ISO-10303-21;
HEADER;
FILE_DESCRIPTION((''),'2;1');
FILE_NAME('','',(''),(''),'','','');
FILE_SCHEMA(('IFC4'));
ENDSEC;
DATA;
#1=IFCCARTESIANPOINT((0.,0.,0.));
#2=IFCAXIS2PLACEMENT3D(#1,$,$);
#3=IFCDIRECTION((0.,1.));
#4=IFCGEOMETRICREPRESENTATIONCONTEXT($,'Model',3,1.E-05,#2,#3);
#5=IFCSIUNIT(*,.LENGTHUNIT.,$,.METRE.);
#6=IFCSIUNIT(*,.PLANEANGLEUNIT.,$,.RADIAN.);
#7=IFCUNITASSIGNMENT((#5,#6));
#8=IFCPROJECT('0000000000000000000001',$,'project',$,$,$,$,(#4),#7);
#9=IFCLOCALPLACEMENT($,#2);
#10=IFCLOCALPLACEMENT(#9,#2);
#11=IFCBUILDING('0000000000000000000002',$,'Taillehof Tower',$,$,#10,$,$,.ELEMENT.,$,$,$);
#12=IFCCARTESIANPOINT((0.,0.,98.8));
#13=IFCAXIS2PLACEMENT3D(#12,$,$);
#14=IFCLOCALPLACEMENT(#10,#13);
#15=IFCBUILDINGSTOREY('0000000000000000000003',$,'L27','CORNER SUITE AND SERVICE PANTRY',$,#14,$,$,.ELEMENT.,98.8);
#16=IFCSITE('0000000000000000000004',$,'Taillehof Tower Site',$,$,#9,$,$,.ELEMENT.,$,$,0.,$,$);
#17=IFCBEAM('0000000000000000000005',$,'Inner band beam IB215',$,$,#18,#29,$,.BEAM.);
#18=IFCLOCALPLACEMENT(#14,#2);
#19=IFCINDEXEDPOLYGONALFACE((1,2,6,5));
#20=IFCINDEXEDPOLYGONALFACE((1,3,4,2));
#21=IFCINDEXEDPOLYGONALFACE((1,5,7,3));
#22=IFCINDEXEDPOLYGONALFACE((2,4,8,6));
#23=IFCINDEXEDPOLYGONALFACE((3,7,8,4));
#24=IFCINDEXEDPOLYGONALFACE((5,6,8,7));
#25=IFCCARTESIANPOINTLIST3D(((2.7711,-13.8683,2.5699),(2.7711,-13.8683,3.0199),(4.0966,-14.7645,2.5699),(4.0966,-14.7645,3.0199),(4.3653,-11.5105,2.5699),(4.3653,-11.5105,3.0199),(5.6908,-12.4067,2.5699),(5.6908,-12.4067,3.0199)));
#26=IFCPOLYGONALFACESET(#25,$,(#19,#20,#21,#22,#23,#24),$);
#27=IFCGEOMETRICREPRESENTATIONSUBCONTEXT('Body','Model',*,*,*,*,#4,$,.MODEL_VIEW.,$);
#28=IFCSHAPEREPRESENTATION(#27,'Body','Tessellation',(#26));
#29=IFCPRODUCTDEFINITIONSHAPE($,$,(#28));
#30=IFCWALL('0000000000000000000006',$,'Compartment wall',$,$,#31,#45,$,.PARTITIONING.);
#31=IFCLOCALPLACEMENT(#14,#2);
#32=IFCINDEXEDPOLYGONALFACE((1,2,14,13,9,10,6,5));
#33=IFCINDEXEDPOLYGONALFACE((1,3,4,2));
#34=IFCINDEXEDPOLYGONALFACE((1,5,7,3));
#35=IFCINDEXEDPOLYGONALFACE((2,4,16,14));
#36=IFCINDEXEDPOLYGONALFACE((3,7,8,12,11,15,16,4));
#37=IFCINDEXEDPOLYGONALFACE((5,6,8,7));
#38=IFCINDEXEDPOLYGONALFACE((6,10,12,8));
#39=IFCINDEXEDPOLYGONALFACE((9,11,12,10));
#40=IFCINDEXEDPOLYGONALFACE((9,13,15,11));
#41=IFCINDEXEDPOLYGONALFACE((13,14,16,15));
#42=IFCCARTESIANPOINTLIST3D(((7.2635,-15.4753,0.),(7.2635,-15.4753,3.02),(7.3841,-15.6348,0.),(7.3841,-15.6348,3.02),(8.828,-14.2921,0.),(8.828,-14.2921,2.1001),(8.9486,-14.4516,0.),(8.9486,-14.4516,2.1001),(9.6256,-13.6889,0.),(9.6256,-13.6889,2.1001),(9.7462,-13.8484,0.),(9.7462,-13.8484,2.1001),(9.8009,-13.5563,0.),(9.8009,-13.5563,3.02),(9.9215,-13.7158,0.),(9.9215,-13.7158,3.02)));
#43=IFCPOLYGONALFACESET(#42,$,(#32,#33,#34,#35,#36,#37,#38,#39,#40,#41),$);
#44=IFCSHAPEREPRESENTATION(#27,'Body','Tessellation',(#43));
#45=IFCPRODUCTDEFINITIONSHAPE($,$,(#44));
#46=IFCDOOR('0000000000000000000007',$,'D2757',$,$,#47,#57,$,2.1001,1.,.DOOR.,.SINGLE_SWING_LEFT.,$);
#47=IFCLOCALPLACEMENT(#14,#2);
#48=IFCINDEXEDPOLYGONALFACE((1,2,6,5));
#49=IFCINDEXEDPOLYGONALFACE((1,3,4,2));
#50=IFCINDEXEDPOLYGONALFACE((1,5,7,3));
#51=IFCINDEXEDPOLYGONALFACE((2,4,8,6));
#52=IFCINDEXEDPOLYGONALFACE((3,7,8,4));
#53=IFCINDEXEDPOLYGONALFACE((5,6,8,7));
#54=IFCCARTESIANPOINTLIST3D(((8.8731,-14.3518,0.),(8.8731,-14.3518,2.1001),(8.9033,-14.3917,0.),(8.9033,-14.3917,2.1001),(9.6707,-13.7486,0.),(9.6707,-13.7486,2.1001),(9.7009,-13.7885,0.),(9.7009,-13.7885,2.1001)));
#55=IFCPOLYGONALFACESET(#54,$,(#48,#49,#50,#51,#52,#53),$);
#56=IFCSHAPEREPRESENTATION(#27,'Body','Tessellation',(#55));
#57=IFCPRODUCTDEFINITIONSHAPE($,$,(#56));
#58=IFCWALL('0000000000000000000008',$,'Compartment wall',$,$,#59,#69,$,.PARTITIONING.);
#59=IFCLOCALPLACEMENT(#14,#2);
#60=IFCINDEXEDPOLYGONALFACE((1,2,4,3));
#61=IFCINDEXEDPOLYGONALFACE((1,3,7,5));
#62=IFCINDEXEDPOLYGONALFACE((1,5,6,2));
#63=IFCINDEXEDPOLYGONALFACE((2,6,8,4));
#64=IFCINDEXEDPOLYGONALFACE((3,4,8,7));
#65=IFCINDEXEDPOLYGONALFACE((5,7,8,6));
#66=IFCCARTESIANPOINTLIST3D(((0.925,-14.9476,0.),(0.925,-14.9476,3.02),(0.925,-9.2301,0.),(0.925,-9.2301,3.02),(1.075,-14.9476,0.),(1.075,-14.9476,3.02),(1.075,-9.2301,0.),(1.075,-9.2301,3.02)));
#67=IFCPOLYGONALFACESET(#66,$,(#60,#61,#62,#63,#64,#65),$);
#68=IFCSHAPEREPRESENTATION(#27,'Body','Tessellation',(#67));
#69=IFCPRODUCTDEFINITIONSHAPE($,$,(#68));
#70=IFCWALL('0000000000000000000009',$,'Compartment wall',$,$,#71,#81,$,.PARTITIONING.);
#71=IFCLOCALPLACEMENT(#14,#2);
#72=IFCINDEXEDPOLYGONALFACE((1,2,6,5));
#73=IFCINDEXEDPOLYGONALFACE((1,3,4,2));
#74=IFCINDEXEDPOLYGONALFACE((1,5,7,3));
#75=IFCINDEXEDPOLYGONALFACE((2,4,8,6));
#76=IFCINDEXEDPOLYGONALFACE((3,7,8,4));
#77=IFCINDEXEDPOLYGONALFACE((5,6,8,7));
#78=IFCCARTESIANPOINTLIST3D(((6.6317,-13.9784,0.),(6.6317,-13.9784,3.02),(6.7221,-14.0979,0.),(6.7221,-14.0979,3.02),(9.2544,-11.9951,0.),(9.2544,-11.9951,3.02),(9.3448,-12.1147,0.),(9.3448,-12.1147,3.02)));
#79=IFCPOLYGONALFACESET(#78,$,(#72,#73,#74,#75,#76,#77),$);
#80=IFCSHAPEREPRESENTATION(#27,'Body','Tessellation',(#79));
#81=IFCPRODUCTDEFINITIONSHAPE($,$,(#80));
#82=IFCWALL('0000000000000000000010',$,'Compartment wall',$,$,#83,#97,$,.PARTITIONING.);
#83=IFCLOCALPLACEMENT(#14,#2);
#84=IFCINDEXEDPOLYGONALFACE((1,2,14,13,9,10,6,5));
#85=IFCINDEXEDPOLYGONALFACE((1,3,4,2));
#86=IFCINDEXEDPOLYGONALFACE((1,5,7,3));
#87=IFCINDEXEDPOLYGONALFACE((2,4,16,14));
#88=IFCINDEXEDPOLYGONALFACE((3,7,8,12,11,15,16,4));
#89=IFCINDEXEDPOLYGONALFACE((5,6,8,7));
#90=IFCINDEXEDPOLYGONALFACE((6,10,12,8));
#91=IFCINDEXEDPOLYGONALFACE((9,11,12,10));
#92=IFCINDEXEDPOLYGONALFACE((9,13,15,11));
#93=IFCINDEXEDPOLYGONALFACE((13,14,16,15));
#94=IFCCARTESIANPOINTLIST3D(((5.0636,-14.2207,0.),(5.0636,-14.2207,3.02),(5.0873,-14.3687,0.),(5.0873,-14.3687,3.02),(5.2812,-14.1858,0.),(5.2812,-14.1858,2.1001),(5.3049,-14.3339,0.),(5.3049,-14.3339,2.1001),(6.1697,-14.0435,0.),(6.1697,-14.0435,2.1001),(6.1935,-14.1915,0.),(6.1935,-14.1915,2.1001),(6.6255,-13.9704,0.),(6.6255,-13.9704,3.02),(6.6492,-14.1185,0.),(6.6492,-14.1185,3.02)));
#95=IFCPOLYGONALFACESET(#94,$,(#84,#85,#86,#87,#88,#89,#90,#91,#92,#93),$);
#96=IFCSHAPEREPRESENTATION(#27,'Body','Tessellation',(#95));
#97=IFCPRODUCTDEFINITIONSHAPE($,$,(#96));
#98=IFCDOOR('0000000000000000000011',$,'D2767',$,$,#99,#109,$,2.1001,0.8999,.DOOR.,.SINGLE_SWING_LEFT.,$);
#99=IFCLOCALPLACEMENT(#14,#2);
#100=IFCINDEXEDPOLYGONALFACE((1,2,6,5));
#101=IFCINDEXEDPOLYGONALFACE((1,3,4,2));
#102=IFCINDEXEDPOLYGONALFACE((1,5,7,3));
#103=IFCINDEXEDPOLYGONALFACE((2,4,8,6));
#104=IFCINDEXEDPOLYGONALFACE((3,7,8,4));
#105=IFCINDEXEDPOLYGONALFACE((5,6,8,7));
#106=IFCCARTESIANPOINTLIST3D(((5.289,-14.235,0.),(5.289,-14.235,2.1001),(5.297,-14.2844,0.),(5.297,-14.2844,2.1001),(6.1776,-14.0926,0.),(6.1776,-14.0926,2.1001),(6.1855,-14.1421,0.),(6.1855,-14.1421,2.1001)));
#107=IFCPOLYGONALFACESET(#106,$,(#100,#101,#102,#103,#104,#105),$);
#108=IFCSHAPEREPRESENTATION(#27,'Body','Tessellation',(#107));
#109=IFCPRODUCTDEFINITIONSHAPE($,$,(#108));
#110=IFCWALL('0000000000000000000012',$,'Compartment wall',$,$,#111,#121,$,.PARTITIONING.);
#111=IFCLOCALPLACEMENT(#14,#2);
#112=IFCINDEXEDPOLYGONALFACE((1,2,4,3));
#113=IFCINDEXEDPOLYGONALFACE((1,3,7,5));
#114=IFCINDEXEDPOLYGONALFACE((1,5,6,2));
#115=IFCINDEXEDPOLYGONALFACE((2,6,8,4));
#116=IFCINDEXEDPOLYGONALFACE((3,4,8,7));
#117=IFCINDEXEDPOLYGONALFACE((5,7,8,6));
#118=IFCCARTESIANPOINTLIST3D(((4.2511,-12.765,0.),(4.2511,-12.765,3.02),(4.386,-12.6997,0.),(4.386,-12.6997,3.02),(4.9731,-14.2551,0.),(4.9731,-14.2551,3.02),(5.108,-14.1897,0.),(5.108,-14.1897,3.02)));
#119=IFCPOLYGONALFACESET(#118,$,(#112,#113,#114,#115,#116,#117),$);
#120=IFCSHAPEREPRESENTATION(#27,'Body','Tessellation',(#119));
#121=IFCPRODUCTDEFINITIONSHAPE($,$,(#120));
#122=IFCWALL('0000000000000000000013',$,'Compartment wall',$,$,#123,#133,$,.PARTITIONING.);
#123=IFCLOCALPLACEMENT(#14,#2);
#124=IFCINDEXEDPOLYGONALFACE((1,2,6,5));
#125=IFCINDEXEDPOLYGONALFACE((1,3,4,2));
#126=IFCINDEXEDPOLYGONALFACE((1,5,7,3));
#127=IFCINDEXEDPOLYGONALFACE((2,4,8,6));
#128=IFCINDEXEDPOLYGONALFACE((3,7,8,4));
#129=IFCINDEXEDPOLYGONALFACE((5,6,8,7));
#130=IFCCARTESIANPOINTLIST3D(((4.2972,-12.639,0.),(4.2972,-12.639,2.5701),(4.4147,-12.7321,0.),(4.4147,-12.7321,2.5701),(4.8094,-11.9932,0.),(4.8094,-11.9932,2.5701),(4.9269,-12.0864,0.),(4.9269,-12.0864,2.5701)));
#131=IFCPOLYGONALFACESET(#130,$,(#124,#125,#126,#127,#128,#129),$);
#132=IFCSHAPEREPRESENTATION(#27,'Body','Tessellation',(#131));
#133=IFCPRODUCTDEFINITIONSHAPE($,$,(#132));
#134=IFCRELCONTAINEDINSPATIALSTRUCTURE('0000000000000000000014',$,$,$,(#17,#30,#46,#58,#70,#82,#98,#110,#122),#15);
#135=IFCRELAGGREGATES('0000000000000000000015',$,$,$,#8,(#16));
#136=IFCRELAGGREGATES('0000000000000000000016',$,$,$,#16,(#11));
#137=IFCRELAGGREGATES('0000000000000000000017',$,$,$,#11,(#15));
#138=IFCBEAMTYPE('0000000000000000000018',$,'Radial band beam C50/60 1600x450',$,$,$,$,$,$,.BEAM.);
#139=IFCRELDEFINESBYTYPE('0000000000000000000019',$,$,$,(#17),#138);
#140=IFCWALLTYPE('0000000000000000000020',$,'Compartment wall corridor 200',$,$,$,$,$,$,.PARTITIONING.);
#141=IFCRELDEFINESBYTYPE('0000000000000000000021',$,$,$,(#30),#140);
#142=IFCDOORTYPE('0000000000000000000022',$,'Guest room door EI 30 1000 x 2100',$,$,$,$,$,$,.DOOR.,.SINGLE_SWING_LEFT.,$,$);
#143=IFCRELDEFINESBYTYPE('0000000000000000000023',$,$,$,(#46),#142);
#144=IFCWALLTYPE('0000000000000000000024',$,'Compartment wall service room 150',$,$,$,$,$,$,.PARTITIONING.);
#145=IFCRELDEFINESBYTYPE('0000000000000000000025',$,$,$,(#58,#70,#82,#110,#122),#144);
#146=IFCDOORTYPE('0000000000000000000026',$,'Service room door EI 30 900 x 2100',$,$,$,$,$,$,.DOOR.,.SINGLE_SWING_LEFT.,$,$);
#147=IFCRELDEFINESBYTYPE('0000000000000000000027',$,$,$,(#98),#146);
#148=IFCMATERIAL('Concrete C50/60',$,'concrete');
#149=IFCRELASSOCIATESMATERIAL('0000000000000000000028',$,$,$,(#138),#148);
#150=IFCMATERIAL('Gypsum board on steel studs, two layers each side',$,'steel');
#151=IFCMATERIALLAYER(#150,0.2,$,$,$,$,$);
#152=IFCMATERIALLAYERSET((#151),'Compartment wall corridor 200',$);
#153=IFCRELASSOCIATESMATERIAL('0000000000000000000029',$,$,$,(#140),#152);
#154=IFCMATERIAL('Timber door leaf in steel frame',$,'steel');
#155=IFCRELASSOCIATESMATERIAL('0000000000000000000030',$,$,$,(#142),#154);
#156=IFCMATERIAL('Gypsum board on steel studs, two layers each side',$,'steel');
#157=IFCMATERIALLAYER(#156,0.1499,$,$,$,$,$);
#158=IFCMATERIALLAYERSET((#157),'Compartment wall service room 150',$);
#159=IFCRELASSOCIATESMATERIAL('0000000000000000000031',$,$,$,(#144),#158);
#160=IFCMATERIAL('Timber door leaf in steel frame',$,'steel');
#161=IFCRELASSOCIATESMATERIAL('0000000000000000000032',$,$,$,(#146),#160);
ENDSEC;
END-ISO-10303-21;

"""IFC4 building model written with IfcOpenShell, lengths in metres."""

from ifc_helpers import new_model, si_unit, direction, frame, frame_2d, origin, origin_2d, place, context, subcontext, project, spatial, rectangle, extrude, material, layer, layer_set, material_profile, profile_set, type_object, element, fill, save


model = new_model("IFC4")

# Units and contexts
model_context = context("Model", 3, precision=1e-05, world=origin(), true_north=direction((0.0, 1.0)))
body_context = subcontext(model_context, "Body", "Model", "MODEL_VIEW")
ifc_project = project(units=[si_unit("LENGTHUNIT", "METRE"), si_unit("PLANEANGLEUNIT", "RADIAN")], contexts=[model_context])

# Site, building, storey
site_placement = place(None, origin())
site = spatial("IfcSite", under=ifc_project, at=site_placement, Name="Taillehof Tower Site", CompositionType="ELEMENT", RefElevation=0.0)
building_placement = place(site_placement, origin())
building = spatial("IfcBuilding", under=site, at=building_placement, Name="Taillehof Tower", CompositionType="ELEMENT")
storey_placement = place(building_placement, frame((0.0, 0.0, 98.8)))
storey = spatial("IfcBuildingStorey", under=building, at=storey_placement, Name="L27", Description="CORNER SUITE AND SERVICE PANTRY", CompositionType="ELEMENT", Elevation=98.8)

# Beam
ifc_material_1 = material(Name="Concrete C50/60", Category="concrete")
ifc_material_profile = material_profile(ifc_material_1, rectangle(XDim=1.6001, YDim=0.45, at=origin_2d()), Name="RC 1600x450")
ifc_profile_set = profile_set([ifc_material_profile], Name="Concrete C50/60")
beam_type = type_object("IfcBeamType", Name="Radial band beam C50/60 1600x450", PredefinedType="BEAM", material=ifc_profile_set)
beam_placement = place(storey_placement, frame((3.4338, -14.3164, 2.7949), z_axis=(0.560112, 0.828417, 0.0), x_axis=(-0.828417, 0.560112, 0.0)))
element("IfcBeam", 1, at=beam_placement, inside=storey, type_object=beam_type, Name="Inner band beam IB215", PredefinedType="BEAM", context=body_context, shape_type="SweptSolid", body=[
    extrude(rectangle(XDim=1.6001, YDim=0.45, at=origin_2d()), origin(), (0.0, 0.0, 1.0), 2.8462),
])

# Wall, opening, door
ifc_material_2 = material(Name="Gypsum board on steel studs, two layers each side", Category="steel")
ifc_layer_1 = layer(ifc_material_2, 0.2)
ifc_layer_set_1 = layer_set([ifc_layer_1], Name="Compartment wall corridor 200")
wall_type_1 = type_object("IfcWallType", Name="Compartment wall corridor 200", PredefinedType="PARTITIONING", material=ifc_layer_set_1)
wall_1_placement = place(storey_placement, frame((9.8613, -13.636, 0.0), z_axis=(0.0, 0.0, 1.0), x_axis=(-0.79759, -0.6032, 0.0)))
wall_1 = element("IfcWall", 2, at=wall_1_placement, inside=storey, type_object=wall_type_1, Name="Compartment wall", PredefinedType="PARTITIONING", context=body_context, shape_type="SweptSolid", body=[
    extrude(rectangle(XDim=3.1814, YDim=0.2, at=frame_2d((1.5908, 0.0))), origin(), (0.0, 0.0, 1.0), 3.02),
])
opening_1_placement = place(wall_1_placement, frame((0.22, 0.0, 0.0)))
opening_1 = element("IfcOpeningElement", 3, at=opening_1_placement, cuts=wall_1, PredefinedType="OPENING", context=body_context, shape_type="SweptSolid", body=[
    extrude(rectangle(XDim=1.0, YDim=2.1001, at=frame_2d((0.5, 1.05))), frame((0.0, 0.1099, 0.0), z_axis=(0.0, -1.0, 0.0), x_axis=(1.0, 0.0, 0.0)), (0.0, 0.0, 1.0), 0.22),
])
ifc_material_3 = material(Name="Timber door leaf in steel frame", Category="steel")
door_type_1 = type_object("IfcDoorType", Name="Guest room door EI 30 1000 x 2100", OperationType="SINGLE_SWING_LEFT", PredefinedType="DOOR", material=ifc_material_3)
door_1_placement = place(opening_1_placement, origin())
door_1 = element("IfcDoor", 4, at=door_1_placement, inside=storey, type_object=door_type_1, Name="D2757", OperationType="SINGLE_SWING_LEFT", OverallHeight=2.1001, OverallWidth=1.0, PredefinedType="DOOR", context=body_context, shape_type="SweptSolid", body=[
    extrude(rectangle(XDim=1.0, YDim=2.1001, at=frame_2d((0.5, 1.05))), frame((0.0, 0.0249, 0.0), z_axis=(0.0, -1.0, 0.0), x_axis=(1.0, 0.0, 0.0)), (0.0, 0.0, 1.0), 0.05),
])
fill(opening_1, door_1)

# Walls
ifc_material_4 = material(Name="Gypsum board on steel studs, two layers each side", Category="steel")
ifc_layer_2 = layer(ifc_material_4, 0.1499)
ifc_layer_set_2 = layer_set([ifc_layer_2], Name="Compartment wall service room 150")
wall_type_2 = type_object("IfcWallType", Name="Compartment wall service room 150", PredefinedType="PARTITIONING", material=ifc_layer_set_2)
wall_2_placement = place(storey_placement, frame((1.0, -9.23, 0.0), z_axis=(0.0, 0.0, 1.0), x_axis=(0.0, -1.0, 0.0)))
element("IfcWall", 5, at=wall_2_placement, inside=storey, type_object=wall_type_2, Name="Compartment wall", PredefinedType="PARTITIONING", context=body_context, shape_type="SweptSolid", body=[
    extrude(rectangle(XDim=5.7175, YDim=0.1499, at=frame_2d((2.8589, 0.0))), origin(), (0.0, 0.0, 1.0), 3.02),
])
wall_3_placement = place(storey_placement, frame((9.2996, -12.0549, 0.0), z_axis=(0.0, 0.0, 1.0), x_axis=(-0.797624, -0.603156, 0.0)))
element("IfcWall", 6, at=wall_3_placement, inside=storey, type_object=wall_type_2, Name="Compartment wall", PredefinedType="PARTITIONING", context=body_context, shape_type="SweptSolid", body=[
    extrude(rectangle(XDim=3.2881, YDim=0.1499, at=frame_2d((1.644, 0.0))), origin(), (0.0, 0.0, 1.0), 3.02),
])

# Wall, opening, door
wall_4_placement = place(storey_placement, frame((6.6375, -14.0444, 0.0), z_axis=(0.0, 0.0, 1.0), x_axis=(-0.987405, -0.158213, 0.0)))
wall_4 = element("IfcWall", 7, at=wall_4_placement, inside=storey, type_object=wall_type_2, Name="Compartment wall", PredefinedType="PARTITIONING", context=body_context, shape_type="SweptSolid", body=[
    extrude(rectangle(XDim=1.5818, YDim=0.1499, at=frame_2d((0.791, 0.0))), origin(), (0.0, 0.0, 1.0), 3.02),
])
opening_2_placement = place(wall_4_placement, frame((0.4617, 0.0, 0.0)))
opening_2 = element("IfcOpeningElement", 8, at=opening_2_placement, cuts=wall_4, PredefinedType="OPENING", context=body_context, shape_type="SweptSolid", body=[
    extrude(rectangle(XDim=0.8999, YDim=2.1001, at=frame_2d((0.45, 1.05))), frame((0.0, 0.085, 0.0), z_axis=(0.0, -1.0, 0.0), x_axis=(1.0, 0.0, 0.0)), (0.0, 0.0, 1.0), 0.1699),
])
ifc_material_5 = material(Name="Timber door leaf in steel frame", Category="steel")
door_type_2 = type_object("IfcDoorType", Name="Service room door EI 30 900 x 2100", OperationType="SINGLE_SWING_LEFT", PredefinedType="DOOR", material=ifc_material_5)
door_2_placement = place(opening_2_placement, origin())
door_2 = element("IfcDoor", 9, at=door_2_placement, inside=storey, type_object=door_type_2, Name="D2767", OperationType="SINGLE_SWING_LEFT", OverallHeight=2.1001, OverallWidth=0.8999, PredefinedType="DOOR", context=body_context, shape_type="SweptSolid", body=[
    extrude(rectangle(XDim=0.8999, YDim=2.1001, at=frame_2d((0.45, 1.05))), frame((0.0, 0.0249, 0.0), z_axis=(0.0, -1.0, 0.0), x_axis=(1.0, 0.0, 0.0)), (0.0, 0.0, 1.0), 0.05),
])
fill(opening_2, door_2)

# Walls
wall_5_placement = place(storey_placement, frame((5.0405, -14.2224, 0.0), z_axis=(0.0, 0.0, 1.0), x_axis=(-0.436031, 0.899932, 0.0)))
element("IfcWall", 10, at=wall_5_placement, inside=storey, type_object=wall_type_2, Name="Compartment wall", PredefinedType="PARTITIONING", context=body_context, shape_type="SweptSolid", body=[
    extrude(rectangle(XDim=1.6558, YDim=0.1499, at=frame_2d((0.8279, 0.0))), origin(), (0.0, 0.0, 1.0), 3.02),
])
wall_6_placement = place(storey_placement, frame((4.356, -12.6855, 0.0), z_axis=(0.0, 0.0, 1.0), x_axis=(0.621439, 0.783463, 0.0)))
element("IfcWall", 11, at=wall_6_placement, inside=storey, type_object=wall_type_2, Name="Compartment wall", PredefinedType="PARTITIONING", context=body_context, shape_type="SweptSolid", body=[
    extrude(rectangle(XDim=0.8242, YDim=0.1499, at=frame_2d((0.4121, 0.0))), origin(), (0.0, 0.0, 1.0), 2.5701),
])

save(model, "model.ifc")
